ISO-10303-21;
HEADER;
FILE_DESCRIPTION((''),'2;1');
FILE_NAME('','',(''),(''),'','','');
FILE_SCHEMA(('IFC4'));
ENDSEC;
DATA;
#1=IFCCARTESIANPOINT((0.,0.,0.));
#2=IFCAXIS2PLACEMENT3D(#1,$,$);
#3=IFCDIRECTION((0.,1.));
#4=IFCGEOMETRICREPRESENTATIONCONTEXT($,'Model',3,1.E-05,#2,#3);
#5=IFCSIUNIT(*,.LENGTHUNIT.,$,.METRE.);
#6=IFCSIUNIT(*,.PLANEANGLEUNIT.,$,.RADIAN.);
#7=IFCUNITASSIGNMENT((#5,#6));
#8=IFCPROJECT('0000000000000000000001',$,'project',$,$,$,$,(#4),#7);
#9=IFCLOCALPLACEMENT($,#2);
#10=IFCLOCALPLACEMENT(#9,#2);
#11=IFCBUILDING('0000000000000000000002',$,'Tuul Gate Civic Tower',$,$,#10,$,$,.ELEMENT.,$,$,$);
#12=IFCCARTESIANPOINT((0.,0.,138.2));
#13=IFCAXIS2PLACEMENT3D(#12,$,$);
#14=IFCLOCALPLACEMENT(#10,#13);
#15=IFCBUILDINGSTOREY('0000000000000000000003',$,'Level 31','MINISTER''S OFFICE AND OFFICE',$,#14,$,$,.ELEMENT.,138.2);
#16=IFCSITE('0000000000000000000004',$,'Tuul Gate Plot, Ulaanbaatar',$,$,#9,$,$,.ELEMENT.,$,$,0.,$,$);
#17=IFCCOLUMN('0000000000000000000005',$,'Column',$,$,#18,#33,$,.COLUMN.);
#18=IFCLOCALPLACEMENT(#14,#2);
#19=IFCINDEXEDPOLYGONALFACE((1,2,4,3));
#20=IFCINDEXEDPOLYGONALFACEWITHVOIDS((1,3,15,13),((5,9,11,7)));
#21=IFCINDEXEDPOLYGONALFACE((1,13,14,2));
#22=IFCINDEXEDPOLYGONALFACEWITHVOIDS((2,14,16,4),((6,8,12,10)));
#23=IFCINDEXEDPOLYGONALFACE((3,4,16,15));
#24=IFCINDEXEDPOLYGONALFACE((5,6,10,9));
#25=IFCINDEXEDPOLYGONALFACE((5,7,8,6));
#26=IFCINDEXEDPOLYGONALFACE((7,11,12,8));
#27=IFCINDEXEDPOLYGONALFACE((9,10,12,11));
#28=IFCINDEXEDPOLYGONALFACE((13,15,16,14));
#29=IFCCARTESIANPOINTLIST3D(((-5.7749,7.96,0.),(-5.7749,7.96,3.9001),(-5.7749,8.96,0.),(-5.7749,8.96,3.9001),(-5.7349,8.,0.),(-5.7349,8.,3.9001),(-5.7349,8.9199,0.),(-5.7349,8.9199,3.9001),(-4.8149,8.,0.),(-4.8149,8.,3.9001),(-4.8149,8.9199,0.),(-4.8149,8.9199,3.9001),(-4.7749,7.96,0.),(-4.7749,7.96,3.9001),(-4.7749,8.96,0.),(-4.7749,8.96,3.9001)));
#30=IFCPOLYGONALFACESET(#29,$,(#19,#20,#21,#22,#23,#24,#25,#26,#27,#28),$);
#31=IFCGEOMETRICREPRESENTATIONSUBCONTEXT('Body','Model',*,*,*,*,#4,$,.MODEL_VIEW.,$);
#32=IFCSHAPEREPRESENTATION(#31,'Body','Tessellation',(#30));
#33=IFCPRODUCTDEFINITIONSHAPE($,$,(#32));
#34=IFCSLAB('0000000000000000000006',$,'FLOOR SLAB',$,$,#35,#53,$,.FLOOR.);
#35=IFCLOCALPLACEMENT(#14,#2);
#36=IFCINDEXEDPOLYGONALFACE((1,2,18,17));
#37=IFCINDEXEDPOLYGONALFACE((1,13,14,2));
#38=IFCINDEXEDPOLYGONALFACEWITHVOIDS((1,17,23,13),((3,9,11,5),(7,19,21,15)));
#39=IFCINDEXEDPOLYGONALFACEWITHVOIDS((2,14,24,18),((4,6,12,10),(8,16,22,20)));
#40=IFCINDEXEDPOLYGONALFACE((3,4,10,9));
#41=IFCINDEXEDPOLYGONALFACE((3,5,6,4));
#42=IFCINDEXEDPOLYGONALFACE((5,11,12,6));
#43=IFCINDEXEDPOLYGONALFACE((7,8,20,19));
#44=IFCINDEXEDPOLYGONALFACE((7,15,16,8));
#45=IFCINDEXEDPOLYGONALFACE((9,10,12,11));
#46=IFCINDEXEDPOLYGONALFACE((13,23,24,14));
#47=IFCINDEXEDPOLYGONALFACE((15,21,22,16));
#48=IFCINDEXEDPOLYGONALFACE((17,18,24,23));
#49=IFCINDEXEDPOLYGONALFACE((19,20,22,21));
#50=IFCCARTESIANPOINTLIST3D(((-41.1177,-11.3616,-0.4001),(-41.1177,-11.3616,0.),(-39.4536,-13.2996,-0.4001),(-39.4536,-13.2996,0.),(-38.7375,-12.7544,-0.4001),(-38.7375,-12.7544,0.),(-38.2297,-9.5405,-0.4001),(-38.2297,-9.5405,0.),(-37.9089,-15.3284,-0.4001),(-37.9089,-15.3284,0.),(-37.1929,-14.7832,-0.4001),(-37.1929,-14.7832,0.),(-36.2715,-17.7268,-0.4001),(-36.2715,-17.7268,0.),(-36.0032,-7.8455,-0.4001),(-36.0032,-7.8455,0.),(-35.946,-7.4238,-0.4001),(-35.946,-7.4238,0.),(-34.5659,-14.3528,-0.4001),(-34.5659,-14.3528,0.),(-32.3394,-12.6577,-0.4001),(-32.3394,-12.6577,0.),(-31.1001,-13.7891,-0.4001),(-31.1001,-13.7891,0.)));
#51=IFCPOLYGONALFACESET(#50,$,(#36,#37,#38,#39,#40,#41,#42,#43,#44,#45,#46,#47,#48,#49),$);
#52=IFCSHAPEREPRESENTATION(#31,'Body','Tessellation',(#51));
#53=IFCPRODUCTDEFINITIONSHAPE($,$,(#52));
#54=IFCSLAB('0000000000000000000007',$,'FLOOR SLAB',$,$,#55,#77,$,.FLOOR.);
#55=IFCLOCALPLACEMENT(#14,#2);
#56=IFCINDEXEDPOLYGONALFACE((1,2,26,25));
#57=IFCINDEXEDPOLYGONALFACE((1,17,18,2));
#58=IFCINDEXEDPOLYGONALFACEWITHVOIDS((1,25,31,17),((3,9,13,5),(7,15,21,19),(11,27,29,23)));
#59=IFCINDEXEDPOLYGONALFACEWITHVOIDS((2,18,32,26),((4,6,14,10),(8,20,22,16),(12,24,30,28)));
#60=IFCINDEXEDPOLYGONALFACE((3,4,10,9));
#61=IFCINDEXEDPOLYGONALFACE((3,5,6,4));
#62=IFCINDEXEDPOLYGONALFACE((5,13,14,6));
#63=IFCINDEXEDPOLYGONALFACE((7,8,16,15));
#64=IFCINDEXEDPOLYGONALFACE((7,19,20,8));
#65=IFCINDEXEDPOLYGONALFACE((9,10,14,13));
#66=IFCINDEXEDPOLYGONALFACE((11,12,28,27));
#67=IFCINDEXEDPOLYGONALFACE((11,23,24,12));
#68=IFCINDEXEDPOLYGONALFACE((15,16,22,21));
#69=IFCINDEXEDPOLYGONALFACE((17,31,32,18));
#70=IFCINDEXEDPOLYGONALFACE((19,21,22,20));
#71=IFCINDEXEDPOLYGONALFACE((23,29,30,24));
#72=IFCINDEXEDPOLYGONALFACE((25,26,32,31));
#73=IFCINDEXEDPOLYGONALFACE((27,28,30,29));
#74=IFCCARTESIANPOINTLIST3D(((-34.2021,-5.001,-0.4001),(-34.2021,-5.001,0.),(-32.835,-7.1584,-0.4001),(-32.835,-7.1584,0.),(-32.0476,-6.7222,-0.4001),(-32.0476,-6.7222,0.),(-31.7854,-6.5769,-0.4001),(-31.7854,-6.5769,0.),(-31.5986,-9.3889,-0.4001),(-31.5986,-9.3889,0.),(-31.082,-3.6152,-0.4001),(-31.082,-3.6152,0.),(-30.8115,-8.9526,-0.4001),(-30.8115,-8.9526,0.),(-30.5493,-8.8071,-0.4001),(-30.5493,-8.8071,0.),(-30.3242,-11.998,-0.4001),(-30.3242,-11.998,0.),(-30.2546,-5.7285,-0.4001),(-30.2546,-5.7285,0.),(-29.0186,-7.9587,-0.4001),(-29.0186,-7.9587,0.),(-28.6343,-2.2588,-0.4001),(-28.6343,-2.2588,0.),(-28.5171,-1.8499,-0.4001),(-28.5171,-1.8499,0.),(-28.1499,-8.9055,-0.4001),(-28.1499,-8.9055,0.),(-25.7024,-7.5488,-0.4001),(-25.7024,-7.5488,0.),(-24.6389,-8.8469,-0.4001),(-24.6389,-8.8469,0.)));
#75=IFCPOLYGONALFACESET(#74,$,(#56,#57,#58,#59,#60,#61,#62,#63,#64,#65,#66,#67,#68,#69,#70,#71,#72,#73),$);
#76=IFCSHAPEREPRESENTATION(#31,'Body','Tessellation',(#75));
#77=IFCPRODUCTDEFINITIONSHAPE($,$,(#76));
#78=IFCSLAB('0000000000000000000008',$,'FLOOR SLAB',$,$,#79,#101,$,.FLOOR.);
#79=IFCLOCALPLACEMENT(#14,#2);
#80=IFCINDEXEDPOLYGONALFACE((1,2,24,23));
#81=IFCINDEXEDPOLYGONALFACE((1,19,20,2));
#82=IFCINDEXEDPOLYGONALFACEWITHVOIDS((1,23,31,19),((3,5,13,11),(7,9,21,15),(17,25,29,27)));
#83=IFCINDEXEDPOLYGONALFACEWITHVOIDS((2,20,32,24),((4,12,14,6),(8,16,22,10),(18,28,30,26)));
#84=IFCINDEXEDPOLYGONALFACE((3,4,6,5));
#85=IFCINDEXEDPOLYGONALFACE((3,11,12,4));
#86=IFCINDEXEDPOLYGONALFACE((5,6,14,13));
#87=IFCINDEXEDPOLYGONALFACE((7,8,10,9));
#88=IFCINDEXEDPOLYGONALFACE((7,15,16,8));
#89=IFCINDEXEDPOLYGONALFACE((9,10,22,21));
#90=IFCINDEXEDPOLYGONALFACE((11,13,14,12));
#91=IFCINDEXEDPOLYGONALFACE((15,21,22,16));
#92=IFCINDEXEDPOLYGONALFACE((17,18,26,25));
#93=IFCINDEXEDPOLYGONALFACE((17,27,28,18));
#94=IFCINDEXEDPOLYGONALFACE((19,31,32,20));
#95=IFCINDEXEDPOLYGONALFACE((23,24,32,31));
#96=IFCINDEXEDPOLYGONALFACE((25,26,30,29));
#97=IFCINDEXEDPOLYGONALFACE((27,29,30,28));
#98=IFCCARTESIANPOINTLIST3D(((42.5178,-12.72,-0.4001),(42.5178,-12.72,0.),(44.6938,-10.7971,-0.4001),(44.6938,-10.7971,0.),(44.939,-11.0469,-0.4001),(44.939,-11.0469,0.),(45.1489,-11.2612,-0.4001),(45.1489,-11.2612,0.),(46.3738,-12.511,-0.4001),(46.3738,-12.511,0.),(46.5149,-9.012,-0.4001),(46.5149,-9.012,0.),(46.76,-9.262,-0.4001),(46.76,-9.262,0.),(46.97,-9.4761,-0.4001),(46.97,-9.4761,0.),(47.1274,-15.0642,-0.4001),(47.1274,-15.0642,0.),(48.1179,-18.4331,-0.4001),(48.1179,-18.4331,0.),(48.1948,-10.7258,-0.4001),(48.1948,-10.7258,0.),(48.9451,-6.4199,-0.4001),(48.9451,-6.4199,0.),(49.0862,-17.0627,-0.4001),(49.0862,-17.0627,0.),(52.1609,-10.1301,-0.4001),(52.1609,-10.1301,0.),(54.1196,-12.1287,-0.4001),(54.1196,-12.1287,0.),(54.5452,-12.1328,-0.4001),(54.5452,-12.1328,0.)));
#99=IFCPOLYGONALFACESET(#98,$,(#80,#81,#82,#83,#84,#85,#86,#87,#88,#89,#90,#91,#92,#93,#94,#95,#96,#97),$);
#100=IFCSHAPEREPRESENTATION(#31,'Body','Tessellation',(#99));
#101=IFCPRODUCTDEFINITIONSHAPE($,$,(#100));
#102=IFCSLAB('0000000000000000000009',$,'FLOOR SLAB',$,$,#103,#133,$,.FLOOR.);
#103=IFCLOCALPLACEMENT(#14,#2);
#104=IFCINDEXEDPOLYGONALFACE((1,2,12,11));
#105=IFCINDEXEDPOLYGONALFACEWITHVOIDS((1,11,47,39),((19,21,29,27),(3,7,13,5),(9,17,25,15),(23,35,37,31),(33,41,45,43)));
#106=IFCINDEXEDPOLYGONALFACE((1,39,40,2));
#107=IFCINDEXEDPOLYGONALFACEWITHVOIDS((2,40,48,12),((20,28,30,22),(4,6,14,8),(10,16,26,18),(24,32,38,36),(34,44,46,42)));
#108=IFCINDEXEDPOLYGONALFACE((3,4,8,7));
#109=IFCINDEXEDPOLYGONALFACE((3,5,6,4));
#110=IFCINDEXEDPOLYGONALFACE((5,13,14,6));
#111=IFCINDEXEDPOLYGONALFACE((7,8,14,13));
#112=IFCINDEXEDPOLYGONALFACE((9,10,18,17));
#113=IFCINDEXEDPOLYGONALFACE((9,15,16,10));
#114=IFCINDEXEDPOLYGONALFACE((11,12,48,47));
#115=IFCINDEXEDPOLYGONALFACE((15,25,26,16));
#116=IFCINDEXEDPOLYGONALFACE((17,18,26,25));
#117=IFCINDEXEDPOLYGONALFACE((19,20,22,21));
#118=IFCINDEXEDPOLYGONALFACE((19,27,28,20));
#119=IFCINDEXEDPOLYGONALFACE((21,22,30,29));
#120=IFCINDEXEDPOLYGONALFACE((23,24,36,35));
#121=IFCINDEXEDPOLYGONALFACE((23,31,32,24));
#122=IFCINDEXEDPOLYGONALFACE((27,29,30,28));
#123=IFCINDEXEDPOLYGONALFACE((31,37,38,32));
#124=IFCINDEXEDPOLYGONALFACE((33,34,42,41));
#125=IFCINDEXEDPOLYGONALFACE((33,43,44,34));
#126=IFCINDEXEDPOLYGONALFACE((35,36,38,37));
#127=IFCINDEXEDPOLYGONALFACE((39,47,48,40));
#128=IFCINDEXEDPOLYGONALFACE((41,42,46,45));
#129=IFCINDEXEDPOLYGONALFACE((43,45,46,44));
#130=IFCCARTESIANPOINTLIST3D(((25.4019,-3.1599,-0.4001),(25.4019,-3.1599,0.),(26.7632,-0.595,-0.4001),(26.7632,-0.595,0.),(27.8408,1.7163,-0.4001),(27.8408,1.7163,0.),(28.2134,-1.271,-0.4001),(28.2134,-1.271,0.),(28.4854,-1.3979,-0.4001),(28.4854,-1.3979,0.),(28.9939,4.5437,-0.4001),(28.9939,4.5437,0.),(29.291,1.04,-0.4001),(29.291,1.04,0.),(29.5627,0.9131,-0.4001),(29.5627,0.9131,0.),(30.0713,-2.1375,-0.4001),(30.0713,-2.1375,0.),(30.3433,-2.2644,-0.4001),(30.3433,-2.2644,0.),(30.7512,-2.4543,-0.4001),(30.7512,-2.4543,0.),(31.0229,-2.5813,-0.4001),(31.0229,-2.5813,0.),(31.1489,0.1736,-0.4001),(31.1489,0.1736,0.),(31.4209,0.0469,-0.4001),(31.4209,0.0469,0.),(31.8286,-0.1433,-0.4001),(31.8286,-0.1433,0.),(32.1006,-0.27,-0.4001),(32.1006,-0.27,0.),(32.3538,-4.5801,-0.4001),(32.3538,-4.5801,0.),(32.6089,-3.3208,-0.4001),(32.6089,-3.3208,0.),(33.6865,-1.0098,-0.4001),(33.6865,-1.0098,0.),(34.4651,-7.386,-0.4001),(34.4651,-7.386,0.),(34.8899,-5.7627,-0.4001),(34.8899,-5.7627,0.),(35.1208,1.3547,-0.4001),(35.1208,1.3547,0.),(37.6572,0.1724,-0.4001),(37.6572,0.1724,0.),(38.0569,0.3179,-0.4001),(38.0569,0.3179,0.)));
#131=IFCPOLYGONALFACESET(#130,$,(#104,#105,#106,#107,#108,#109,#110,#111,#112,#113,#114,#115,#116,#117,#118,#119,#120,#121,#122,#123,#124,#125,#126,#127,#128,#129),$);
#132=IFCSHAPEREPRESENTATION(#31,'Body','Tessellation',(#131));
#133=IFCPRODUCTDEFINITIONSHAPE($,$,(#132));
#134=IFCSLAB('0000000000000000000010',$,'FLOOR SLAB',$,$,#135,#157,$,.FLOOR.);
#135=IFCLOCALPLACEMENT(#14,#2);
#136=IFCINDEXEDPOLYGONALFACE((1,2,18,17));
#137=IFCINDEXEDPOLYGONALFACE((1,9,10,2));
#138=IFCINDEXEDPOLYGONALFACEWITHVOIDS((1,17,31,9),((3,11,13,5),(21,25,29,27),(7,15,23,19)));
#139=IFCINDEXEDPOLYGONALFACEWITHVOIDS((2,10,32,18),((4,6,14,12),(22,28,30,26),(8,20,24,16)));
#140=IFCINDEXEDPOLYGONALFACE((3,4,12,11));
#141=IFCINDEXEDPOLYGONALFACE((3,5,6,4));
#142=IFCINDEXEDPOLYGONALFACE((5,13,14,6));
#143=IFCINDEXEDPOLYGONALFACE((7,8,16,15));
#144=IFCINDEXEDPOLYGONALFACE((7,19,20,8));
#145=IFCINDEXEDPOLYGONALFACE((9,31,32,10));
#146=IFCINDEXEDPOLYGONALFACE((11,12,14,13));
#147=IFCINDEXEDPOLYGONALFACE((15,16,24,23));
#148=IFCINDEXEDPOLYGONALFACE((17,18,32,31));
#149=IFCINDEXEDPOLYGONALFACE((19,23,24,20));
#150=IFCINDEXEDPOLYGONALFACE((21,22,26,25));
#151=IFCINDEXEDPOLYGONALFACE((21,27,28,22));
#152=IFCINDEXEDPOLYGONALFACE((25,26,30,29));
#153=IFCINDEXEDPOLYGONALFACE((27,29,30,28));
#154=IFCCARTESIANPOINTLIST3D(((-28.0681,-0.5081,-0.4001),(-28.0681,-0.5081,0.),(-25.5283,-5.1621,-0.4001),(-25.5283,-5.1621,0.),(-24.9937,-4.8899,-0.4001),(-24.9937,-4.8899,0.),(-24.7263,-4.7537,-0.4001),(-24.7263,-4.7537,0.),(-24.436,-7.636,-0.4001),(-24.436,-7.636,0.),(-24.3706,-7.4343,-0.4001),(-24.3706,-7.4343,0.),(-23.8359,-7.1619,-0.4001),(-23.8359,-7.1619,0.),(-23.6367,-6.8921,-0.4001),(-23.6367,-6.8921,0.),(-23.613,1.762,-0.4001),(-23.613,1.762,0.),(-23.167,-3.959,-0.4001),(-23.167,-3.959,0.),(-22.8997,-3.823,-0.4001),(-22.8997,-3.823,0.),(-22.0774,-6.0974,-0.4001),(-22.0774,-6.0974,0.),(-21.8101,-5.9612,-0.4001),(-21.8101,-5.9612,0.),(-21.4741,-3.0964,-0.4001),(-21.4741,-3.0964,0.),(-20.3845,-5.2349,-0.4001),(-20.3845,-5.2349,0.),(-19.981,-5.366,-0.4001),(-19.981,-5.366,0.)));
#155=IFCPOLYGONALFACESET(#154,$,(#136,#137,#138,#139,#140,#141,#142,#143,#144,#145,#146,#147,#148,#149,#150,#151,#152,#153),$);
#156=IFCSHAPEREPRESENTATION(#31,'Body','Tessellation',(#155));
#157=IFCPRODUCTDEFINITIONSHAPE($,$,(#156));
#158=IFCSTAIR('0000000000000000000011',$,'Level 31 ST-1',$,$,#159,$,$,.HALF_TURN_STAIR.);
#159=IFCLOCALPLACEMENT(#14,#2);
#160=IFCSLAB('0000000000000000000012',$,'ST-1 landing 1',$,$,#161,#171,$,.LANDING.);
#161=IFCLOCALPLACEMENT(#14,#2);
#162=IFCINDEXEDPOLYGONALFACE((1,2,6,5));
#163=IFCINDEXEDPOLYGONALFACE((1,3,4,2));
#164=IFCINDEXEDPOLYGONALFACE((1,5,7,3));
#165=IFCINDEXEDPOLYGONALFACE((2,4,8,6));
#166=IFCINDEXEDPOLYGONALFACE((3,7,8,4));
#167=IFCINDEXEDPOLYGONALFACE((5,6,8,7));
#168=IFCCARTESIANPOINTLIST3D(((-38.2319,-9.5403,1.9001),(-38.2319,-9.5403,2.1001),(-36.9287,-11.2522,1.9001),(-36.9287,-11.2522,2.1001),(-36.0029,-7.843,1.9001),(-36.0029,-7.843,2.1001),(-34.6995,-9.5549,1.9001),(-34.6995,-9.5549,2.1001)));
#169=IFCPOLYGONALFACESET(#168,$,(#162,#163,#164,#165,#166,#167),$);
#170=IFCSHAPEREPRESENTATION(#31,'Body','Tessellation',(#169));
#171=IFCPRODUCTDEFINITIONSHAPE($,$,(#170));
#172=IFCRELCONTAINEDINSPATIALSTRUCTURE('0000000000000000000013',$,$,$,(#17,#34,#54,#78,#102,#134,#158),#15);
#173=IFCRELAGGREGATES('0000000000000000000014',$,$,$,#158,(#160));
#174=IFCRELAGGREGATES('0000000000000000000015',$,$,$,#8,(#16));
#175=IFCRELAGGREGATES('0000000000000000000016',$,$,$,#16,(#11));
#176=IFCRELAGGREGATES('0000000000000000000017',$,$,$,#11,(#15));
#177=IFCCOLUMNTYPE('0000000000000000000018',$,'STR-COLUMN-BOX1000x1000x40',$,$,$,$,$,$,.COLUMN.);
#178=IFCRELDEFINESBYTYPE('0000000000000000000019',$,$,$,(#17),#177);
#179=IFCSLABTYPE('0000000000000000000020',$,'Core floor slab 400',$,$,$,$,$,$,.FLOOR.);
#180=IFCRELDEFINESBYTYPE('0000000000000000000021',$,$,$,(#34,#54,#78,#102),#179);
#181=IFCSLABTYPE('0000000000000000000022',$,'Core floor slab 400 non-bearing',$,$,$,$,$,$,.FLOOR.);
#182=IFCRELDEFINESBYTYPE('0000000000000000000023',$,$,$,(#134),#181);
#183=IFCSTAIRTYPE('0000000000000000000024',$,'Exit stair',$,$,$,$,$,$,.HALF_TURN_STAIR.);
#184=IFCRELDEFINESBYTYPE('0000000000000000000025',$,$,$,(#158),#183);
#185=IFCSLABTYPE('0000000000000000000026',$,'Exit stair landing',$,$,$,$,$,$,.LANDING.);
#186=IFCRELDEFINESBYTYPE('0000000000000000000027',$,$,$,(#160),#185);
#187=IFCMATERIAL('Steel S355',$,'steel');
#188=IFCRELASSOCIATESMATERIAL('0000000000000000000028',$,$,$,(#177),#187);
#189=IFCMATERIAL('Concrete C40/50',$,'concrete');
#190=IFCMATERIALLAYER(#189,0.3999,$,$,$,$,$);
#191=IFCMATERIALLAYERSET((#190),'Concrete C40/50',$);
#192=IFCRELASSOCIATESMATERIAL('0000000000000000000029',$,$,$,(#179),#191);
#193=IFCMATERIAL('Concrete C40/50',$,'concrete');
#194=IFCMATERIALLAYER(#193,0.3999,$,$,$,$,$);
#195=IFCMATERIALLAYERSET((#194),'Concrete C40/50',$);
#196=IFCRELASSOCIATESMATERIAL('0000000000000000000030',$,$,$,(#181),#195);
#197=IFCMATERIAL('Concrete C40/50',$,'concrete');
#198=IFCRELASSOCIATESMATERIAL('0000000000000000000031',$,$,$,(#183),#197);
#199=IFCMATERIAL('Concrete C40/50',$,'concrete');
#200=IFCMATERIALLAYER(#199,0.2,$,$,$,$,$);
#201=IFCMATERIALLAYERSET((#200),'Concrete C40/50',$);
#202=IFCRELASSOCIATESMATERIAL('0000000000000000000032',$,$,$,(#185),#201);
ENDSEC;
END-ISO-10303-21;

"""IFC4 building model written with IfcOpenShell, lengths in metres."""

from ifc_helpers import new_model, si_unit, direction, frame, origin, origin_2d, place, context, subcontext, project, spatial, polyline, hollow_rectangle, outline, extrude, material, layer, layer_set, material_profile, profile_set, type_object, element, aggregate, save


model = new_model("IFC4")

# Units and contexts
model_context = context("Model", 3, precision=1e-05, world=origin(), true_north=direction((0.0, 1.0)))
body_context = subcontext(model_context, "Body", "Model", "MODEL_VIEW")
ifc_project = project(units=[si_unit("LENGTHUNIT", "METRE"), si_unit("PLANEANGLEUNIT", "RADIAN")], contexts=[model_context])

# Site, building, storey
site_placement = place(None, origin())
site = spatial("IfcSite", under=ifc_project, at=site_placement, Name="Tuul Gate Plot, Ulaanbaatar", CompositionType="ELEMENT", RefElevation=0.0)
building_placement = place(site_placement, origin())
building = spatial("IfcBuilding", under=site, at=building_placement, Name="Tuul Gate Civic Tower", CompositionType="ELEMENT")
storey_placement = place(building_placement, frame((0.0, 0.0, 138.2)))
storey = spatial("IfcBuildingStorey", under=building, at=storey_placement, Name="Level 31", Description="MINISTER'S OFFICE AND OFFICE", CompositionType="ELEMENT", Elevation=138.2)

# Column
ifc_material_1 = material(Name="Steel S355", Category="steel")
ifc_material_profile_1 = material_profile(ifc_material_1, hollow_rectangle(XDim=1.0, YDim=1.0, WallThickness=0.04, at=origin_2d()), Name="BOX1000x1000x40")
ifc_profile_set_1 = profile_set([ifc_material_profile_1], Name="Steel S355")
column_type = type_object("IfcColumnType", Name="STR-COLUMN-BOX1000x1000x40", PredefinedType="COLUMN", material=ifc_profile_set_1)
column_placement = place(storey_placement, frame((-5.2749, 8.46, 0.0), z_axis=(0.0, 0.0, 1.0), x_axis=(1.0, 0.0, 0.0)))
element("IfcColumn", 1, at=column_placement, inside=storey, type_object=column_type, Name="Column", PredefinedType="COLUMN", context=body_context, shape_type="SweptSolid", body=[
    extrude(hollow_rectangle(XDim=1.0, YDim=1.0, WallThickness=0.04, at=origin_2d()), origin(), (0.0, 0.0, 1.0), 3.9001),
])

# Slabs
ifc_material_2 = material(Name="Concrete C40/50", Category="concrete")
ifc_layer_1 = layer(ifc_material_2, 0.3999)
ifc_layer_set_1 = layer_set([ifc_layer_1], Name="Concrete C40/50")
slab_type_1 = type_object("IfcSlabType", Name="Core floor slab 400", PredefinedType="FLOOR", material=ifc_layer_set_1)
slab_1_placement = place(storey_placement, frame((0.0, 0.0, -0.4001)))
element("IfcSlab", 2, at=slab_1_placement, inside=storey, type_object=slab_type_1, Name="FLOOR SLAB", PredefinedType="FLOOR", context=body_context, shape_type="SweptSolid", body=[
    extrude(outline(polyline([(-31.1001, -13.7891), (-35.946, -7.4238), (-41.1177, -11.3616), (-36.2715, -17.7268), (-31.1001, -13.7891)]), holes=[polyline([(-37.1929, -14.7832), (-38.7375, -12.7544), (-39.4536, -13.2996), (-37.9089, -15.3284), (-37.1929, -14.7832)]), polyline([(-32.3394, -12.6577), (-34.5659, -14.3528), (-38.2297, -9.5405), (-36.0032, -7.8455), (-32.3394, -12.6577)])]), origin(), (0.0, 0.0, 1.0), 0.4001),
])
slab_2_placement = place(storey_placement, frame((0.0, 0.0, -0.4001)))
element("IfcSlab", 3, at=slab_2_placement, inside=storey, type_object=slab_type_1, Name="FLOOR SLAB", PredefinedType="FLOOR", context=body_context, shape_type="SweptSolid", body=[
    extrude(outline(polyline([(-24.6389, -8.8469), (-28.5171, -1.8499), (-34.2021, -5.001), (-30.3242, -11.998), (-24.6389, -8.8469)]), holes=[polyline([(-29.0186, -7.9587), (-30.2546, -5.7285), (-31.7854, -6.5769), (-30.5493, -8.8071), (-29.0186, -7.9587)]), polyline([(-30.8115, -8.9526), (-32.0476, -6.7222), (-32.835, -7.1584), (-31.5986, -9.3889), (-30.8115, -8.9526)]), polyline([(-25.7024, -7.5488), (-28.1499, -8.9055), (-31.082, -3.6152), (-28.6343, -2.2588), (-25.7024, -7.5488)])]), origin(), (0.0, 0.0, 1.0), 0.4001),
])
slab_3_placement = place(storey_placement, frame((0.0, 0.0, -0.4001)))
element("IfcSlab", 4, at=slab_3_placement, inside=storey, type_object=slab_type_1, Name="FLOOR SLAB", PredefinedType="FLOOR", context=body_context, shape_type="SweptSolid", body=[
    extrude(outline(polyline([(48.1179, -18.4331), (54.5452, -12.1328), (48.9451, -6.4199), (42.5178, -12.72), (48.1179, -18.4331)]), holes=[polyline([(46.3738, -12.511), (48.1948, -10.7258), (46.97, -9.4761), (45.1489, -11.2612), (46.3738, -12.511)]), polyline([(44.939, -11.0469), (46.76, -9.262), (46.5149, -9.012), (44.6938, -10.7971), (44.939, -11.0469)]), polyline([(49.0862, -17.0627), (47.1274, -15.0642), (52.1609, -10.1301), (54.1196, -12.1287), (49.0862, -17.0627)])]), origin(), (0.0, 0.0, 1.0), 0.4001),
])
slab_4_placement = place(storey_placement, frame((0.0, 0.0, -0.4001)))
element("IfcSlab", 5, at=slab_4_placement, inside=storey, type_object=slab_type_1, Name="FLOOR SLAB", PredefinedType="FLOOR", context=body_context, shape_type="SweptSolid", body=[
    extrude(outline(polyline([(34.4651, -7.386), (38.0569, 0.3179), (28.9939, 4.5437), (25.4019, -3.1599), (34.4651, -7.386)]), holes=[polyline([(32.6089, -3.3208), (33.6865, -1.0098), (32.1006, -0.27), (31.0229, -2.5813), (32.6089, -3.3208)]), polyline([(30.0713, -2.1375), (31.1489, 0.1736), (29.5627, 0.9131), (28.4854, -1.3979), (30.0713, -2.1375)]), polyline([(30.7512, -2.4543), (31.8286, -0.1433), (31.4209, 0.0469), (30.3433, -2.2644), (30.7512, -2.4543)]), polyline([(28.2134, -1.271), (29.291, 1.04), (27.8408, 1.7163), (26.7632, -0.595), (28.2134, -1.271)]), polyline([(34.8899, -5.7627), (32.3538, -4.5801), (35.1208, 1.3547), (37.6572, 0.1724), (34.8899, -5.7627)])]), origin(), (0.0, 0.0, 1.0), 0.4001),
])
ifc_material_3 = material(Name="Concrete C40/50", Category="concrete")
ifc_layer_2 = layer(ifc_material_3, 0.3999)
ifc_layer_set_2 = layer_set([ifc_layer_2], Name="Concrete C40/50")
slab_type_2 = type_object("IfcSlabType", Name="Core floor slab 400 non-bearing", PredefinedType="FLOOR", material=ifc_layer_set_2)
slab_5_placement = place(storey_placement, frame((0.0, 0.0, -0.4001)))
element("IfcSlab", 6, at=slab_5_placement, inside=storey, type_object=slab_type_2, Name="FLOOR SLAB", PredefinedType="FLOOR", context=body_context, shape_type="SweptSolid", body=[
    extrude(outline(polyline([(-19.981, -5.366), (-23.613, 1.762), (-28.0681, -0.5081), (-24.436, -7.636), (-19.981, -5.366)]), holes=[polyline([(-20.3845, -5.2349), (-21.4741, -3.0964), (-22.8997, -3.823), (-21.8101, -5.9612), (-20.3845, -5.2349)]), polyline([(-22.0774, -6.0974), (-23.167, -3.959), (-24.7263, -4.7537), (-23.6367, -6.8921), (-22.0774, -6.0974)]), polyline([(-23.8359, -7.1619), (-24.9937, -4.8899), (-25.5283, -5.1621), (-24.3706, -7.4343), (-23.8359, -7.1619)])]), origin(), (0.0, 0.0, 1.0), 0.4001),
])

# Stair, slab
ifc_material_4 = material(Name="Concrete C40/50", Category="concrete")
stair_type = type_object("IfcStairType", Name="Exit stair", PredefinedType="HALF_TURN_STAIR", material=ifc_material_4)
stair_1_placement = place(storey_placement, origin())
stair_1 = element("IfcStair", 7, at=stair_1_placement, inside=storey, type_object=stair_type, Name="Level 31 ST-1", PredefinedType="HALF_TURN_STAIR")
ifc_material_5 = material(Name="Concrete C40/50", Category="concrete")
ifc_layer_3 = layer(ifc_material_5, 0.2)
ifc_layer_set_3 = layer_set([ifc_layer_3], Name="Concrete C40/50")
slab_type_3 = type_object("IfcSlabType", Name="Exit stair landing", PredefinedType="LANDING", material=ifc_layer_set_3)
slab_6_placement = place(storey_placement, frame((0.0, 0.0, 1.9001)))
slab_6 = element("IfcSlab", 8, at=slab_6_placement, type_object=slab_type_3, Name="ST-1 landing 1", PredefinedType="LANDING", context=body_context, shape_type="SweptSolid", body=[
    extrude(outline(polyline([(-34.6995, -9.5549), (-36.9287, -11.2522), (-38.2319, -9.5403), (-36.0029, -7.843), (-34.6995, -9.5549)])), origin(), (0.0, 0.0, 1.0), 0.2),
])
aggregate(stair_1, [slab_6])

save(model, "model.ifc")
